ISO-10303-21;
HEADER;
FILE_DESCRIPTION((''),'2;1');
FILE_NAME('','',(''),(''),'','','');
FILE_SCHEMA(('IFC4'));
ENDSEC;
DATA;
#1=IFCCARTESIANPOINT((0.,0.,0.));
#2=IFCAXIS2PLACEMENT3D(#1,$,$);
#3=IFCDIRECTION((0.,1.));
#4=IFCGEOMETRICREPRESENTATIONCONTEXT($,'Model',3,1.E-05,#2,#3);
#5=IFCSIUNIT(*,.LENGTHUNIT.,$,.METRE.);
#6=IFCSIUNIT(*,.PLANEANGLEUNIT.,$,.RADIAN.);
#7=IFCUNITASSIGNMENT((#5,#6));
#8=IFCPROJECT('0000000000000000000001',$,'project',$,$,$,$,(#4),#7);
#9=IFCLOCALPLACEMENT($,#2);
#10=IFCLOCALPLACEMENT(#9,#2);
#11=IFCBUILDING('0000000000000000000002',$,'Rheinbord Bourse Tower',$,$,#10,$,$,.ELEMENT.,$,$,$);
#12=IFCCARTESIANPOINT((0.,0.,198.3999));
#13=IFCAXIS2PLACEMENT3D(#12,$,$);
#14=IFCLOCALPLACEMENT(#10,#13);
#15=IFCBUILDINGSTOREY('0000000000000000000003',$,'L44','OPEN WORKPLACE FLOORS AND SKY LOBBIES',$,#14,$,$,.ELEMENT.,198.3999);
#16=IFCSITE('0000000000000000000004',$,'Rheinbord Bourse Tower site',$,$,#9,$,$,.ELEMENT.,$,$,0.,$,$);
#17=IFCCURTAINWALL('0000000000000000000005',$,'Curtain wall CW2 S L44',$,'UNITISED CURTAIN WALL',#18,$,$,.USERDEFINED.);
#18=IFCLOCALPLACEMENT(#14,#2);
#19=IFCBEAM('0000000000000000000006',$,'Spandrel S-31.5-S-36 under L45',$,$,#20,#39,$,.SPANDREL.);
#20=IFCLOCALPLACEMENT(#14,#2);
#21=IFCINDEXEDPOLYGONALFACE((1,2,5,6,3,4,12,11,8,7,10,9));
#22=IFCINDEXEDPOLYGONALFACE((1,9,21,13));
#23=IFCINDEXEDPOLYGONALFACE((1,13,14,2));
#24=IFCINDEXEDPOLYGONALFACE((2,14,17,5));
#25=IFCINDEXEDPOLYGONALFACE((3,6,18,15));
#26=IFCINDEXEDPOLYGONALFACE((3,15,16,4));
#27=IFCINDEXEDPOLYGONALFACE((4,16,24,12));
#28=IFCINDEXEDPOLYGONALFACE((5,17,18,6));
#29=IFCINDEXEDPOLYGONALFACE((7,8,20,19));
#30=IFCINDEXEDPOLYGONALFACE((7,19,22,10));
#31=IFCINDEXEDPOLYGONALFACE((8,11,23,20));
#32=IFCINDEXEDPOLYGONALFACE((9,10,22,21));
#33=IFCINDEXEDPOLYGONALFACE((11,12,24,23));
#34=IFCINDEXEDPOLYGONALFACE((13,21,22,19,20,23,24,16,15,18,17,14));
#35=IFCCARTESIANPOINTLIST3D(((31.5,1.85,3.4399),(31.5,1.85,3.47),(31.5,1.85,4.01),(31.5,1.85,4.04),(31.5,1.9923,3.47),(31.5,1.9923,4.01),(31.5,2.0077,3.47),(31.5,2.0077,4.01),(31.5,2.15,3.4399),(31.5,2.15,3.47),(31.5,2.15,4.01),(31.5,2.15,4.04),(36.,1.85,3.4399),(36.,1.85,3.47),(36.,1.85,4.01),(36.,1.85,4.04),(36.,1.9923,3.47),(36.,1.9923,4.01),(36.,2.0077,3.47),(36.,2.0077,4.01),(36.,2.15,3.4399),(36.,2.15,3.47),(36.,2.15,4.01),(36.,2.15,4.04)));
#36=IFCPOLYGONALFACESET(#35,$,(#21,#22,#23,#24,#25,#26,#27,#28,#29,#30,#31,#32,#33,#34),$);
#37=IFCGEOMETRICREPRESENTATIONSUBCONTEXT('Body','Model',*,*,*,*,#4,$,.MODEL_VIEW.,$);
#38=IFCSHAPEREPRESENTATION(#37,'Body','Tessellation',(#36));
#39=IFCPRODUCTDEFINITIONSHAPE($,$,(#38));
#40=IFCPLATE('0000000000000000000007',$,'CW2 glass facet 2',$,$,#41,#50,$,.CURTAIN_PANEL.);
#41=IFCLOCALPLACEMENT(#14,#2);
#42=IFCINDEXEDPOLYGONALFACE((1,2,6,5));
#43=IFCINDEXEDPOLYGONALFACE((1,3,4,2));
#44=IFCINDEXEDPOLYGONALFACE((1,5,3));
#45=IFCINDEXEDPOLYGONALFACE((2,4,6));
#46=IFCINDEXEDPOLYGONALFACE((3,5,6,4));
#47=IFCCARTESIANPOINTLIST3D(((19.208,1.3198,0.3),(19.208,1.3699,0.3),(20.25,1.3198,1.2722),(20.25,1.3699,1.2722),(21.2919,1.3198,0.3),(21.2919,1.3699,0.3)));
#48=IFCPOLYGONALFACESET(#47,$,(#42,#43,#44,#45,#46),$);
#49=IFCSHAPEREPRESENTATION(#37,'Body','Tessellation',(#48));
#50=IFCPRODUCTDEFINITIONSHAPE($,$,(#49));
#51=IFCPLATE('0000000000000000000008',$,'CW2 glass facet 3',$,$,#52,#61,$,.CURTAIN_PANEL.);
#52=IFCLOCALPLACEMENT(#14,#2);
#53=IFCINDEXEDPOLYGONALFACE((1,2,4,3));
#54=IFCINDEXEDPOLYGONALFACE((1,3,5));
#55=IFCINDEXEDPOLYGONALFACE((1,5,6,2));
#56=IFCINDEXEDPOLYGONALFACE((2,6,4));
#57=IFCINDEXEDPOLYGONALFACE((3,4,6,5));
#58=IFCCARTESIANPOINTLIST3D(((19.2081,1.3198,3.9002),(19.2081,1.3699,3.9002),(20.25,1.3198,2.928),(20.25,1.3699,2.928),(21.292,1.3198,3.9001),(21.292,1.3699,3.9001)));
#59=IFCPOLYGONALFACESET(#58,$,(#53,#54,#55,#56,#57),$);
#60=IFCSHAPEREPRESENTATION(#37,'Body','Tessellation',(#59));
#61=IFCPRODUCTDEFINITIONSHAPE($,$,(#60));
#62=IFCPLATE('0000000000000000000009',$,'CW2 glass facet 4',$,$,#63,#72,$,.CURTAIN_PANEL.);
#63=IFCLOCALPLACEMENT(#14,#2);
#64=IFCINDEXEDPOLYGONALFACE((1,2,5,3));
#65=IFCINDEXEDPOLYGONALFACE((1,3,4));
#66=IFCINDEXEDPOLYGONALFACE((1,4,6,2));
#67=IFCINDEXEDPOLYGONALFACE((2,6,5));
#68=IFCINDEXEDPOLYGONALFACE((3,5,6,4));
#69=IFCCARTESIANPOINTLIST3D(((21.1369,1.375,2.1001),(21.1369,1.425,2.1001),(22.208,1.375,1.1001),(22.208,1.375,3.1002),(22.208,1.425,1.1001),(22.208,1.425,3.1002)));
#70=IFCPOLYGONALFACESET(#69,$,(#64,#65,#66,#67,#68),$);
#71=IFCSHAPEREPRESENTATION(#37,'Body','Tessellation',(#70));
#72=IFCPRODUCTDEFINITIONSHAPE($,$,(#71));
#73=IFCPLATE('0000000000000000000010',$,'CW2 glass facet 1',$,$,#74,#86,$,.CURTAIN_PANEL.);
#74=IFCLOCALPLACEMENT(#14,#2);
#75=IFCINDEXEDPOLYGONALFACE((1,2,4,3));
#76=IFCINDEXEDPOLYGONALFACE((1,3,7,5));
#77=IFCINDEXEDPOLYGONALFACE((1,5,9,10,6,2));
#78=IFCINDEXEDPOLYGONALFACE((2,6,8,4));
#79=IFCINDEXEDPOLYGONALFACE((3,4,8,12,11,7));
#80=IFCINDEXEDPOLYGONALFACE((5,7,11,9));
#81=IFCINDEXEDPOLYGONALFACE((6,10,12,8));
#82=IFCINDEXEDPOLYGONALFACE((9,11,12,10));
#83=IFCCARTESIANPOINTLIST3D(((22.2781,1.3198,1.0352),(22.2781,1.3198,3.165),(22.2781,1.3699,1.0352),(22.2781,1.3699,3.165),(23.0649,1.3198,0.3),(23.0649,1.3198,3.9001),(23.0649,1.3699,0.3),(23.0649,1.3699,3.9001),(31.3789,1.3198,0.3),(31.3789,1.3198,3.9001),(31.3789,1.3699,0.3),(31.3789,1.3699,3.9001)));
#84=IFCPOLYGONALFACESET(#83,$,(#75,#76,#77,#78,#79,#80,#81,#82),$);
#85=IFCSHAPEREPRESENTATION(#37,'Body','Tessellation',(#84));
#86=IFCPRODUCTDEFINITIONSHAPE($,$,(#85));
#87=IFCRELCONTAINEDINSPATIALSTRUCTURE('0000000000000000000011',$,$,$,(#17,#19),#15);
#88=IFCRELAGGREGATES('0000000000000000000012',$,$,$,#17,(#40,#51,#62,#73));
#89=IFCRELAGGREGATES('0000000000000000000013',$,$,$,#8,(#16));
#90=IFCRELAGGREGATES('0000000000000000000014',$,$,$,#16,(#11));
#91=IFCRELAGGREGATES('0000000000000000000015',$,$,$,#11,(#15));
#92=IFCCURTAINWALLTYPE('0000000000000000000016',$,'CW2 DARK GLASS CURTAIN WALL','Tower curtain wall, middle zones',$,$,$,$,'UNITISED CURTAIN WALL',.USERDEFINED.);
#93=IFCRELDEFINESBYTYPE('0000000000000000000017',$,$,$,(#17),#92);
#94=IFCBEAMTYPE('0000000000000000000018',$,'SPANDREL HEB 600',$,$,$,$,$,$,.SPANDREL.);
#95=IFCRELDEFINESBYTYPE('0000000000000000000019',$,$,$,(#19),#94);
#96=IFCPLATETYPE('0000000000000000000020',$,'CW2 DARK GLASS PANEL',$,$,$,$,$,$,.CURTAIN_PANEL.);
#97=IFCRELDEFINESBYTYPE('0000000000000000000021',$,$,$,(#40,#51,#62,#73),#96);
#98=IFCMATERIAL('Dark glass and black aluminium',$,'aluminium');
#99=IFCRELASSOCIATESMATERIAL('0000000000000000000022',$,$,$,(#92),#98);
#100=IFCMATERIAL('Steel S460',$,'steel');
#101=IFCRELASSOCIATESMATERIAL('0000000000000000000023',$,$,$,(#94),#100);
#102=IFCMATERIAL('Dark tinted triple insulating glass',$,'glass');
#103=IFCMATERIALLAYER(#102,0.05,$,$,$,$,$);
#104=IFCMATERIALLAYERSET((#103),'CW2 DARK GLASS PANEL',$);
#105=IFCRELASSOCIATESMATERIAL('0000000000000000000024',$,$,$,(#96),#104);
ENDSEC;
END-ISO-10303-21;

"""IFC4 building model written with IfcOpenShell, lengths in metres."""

from ifc_helpers import new_model, si_unit, direction, frame, origin, origin_2d, place, context, subcontext, project, spatial, polyline, i_section, outline, extrude, material, layer, layer_set, material_profile, profile_set, type_object, element, aggregate, save


model = new_model("IFC4")

# Units and contexts
model_context = context("Model", 3, precision=1e-05, world=origin(), true_north=direction((0.0, 1.0)))
body_context = subcontext(model_context, "Body", "Model", "MODEL_VIEW")
ifc_project = project(units=[si_unit("LENGTHUNIT", "METRE"), si_unit("PLANEANGLEUNIT", "RADIAN")], contexts=[model_context])

# Site, building, storey
site_placement = place(None, origin())
site = spatial("IfcSite", under=ifc_project, at=site_placement, Name="Rheinbord Bourse Tower site", CompositionType="ELEMENT", RefElevation=0.0)
building_placement = place(site_placement, origin())
building = spatial("IfcBuilding", under=site, at=building_placement, Name="Rheinbord Bourse Tower", CompositionType="ELEMENT")
storey_placement = place(building_placement, frame((0.0, 0.0, 198.3999)))
storey = spatial("IfcBuildingStorey", under=building, at=storey_placement, Name="L44", Description="OPEN WORKPLACE FLOORS AND SKY LOBBIES", CompositionType="ELEMENT", Elevation=198.3999)

# Curtain wall
ifc_material_1 = material(Name="Dark glass and black aluminium", Category="aluminium")
curtain_wall_type = type_object("IfcCurtainWallType", Name="CW2 DARK GLASS CURTAIN WALL", Description="Tower curtain wall, middle zones", ElementType="UNITISED CURTAIN WALL", PredefinedType="USERDEFINED", material=ifc_material_1)
curtain_wall_placement = place(storey_placement, origin())
curtain_wall = element("IfcCurtainWall", 1, at=curtain_wall_placement, inside=storey, type_object=curtain_wall_type, Name="Curtain wall CW2 S L44", ObjectType="UNITISED CURTAIN WALL", PredefinedType="USERDEFINED")

# Beam
ifc_material_2 = material(Name="Steel S460", Category="steel")
ifc_material_profile_1 = material_profile(ifc_material_2, i_section(OverallWidth=0.3, OverallDepth=0.6001, WebThickness=0.0154, FlangeThickness=0.03, at=origin_2d()), Name="HEB 600")
ifc_profile_set_1 = profile_set([ifc_material_profile_1], Name="Steel S460")
beam_type_1 = type_object("IfcBeamType", Name="SPANDREL HEB 600", PredefinedType="SPANDREL", material=ifc_profile_set_1)
for number, where, z_axis, x_axis, name in (
    (2, (31.5, 2.0, 3.74), (1.0, 0.0, 0.0), (0.0, 1.0, 0.0), "Spandrel S-31.5-S-36 under L45"),
):
    element("IfcBeam", number, at=place(storey_placement, frame(where, z_axis=z_axis, x_axis=x_axis)), inside=storey, type_object=beam_type_1, Name=name, PredefinedType="SPANDREL", context=body_context, shape_type="SweptSolid", body=[
        extrude(i_section(OverallWidth=0.3, OverallDepth=0.6001, WebThickness=0.0154, FlangeThickness=0.03, at=origin_2d()), origin(), (0.0, 0.0, 1.0), 4.5),
    ])

# Plates
ifc_material_3 = material(Name="Dark tinted triple insulating glass", Category="glass")
ifc_layer = layer(ifc_material_3, 0.05)
ifc_layer_set = layer_set([ifc_layer], Name="CW2 DARK GLASS PANEL")
plate_type = type_object("IfcPlateType", Name="CW2 DARK GLASS PANEL", PredefinedType="CURTAIN_PANEL", material=ifc_layer_set)
plate_1_placement = place(storey_placement, frame((19.208, 1.3198, 0.3), z_axis=(0.0, 1.0, 0.0), x_axis=(0.731181, 0.0, 0.682184)))
plate_1 = element("IfcPlate", 3, at=plate_1_placement, type_object=plate_type, Name="CW2 glass facet 2", PredefinedType="CURTAIN_PANEL", context=body_context, shape_type="SweptSolid", body=[
    extrude(outline(polyline([(0.0, 0.0), (1.425, 0.0), (1.5237, 1.4216), (0.0, 0.0)])), origin(), (0.0, 0.0, 1.0), 0.05),
])
plate_2_placement = place(storey_placement, frame((21.292, 1.3198, 3.9001), z_axis=(0.0, 1.0, 0.0), x_axis=(-0.731181, 0.0, -0.682184)))
plate_2 = element("IfcPlate", 4, at=plate_2_placement, type_object=plate_type, Name="CW2 glass facet 3", PredefinedType="CURTAIN_PANEL", context=body_context, shape_type="SweptSolid", body=[
    extrude(outline(polyline([(0.0, 0.0), (1.425, 0.0), (1.5237, 1.4216), (0.0, 0.0)])), origin(), (0.0, 0.0, 1.0), 0.05),
])
plate_3_placement = place(storey_placement, frame((22.208, 1.375, 1.1001), z_axis=(0.0, 1.0, 0.0), x_axis=(-0.730933, 0.0, 0.682449)))
plate_3 = element("IfcPlate", 5, at=plate_3_placement, type_object=plate_type, Name="CW2 glass facet 4", PredefinedType="CURTAIN_PANEL", context=body_context, shape_type="SweptSolid", body=[
    extrude(outline(polyline([(0.0, 0.0), (1.4653, 0.0), (1.365, 1.4619), (0.0, 0.0)])), origin(), (0.0, 0.0, 1.0), 0.05),
])
plate_4_placement = place(storey_placement, frame((31.3789, 1.3198, 3.9001), z_axis=(0.0, 1.0, 0.0), x_axis=(0.0, 0.0, -1.0)))
plate_4 = element("IfcPlate", 6, at=plate_4_placement, type_object=plate_type, Name="CW2 glass facet 1", PredefinedType="CURTAIN_PANEL", context=body_context, shape_type="SweptSolid", body=[
    extrude(outline(polyline([(0.0, 0.0), (3.6001, 0.0), (3.6001, 8.314), (2.865, 9.1008), (0.7351, 9.1008), (0.0, 8.314), (0.0, 0.0)])), origin(), (0.0, 0.0, 1.0), 0.05),
])
aggregate(curtain_wall, [plate_1, plate_2, plate_3, plate_4])

save(model, "model.ifc")
